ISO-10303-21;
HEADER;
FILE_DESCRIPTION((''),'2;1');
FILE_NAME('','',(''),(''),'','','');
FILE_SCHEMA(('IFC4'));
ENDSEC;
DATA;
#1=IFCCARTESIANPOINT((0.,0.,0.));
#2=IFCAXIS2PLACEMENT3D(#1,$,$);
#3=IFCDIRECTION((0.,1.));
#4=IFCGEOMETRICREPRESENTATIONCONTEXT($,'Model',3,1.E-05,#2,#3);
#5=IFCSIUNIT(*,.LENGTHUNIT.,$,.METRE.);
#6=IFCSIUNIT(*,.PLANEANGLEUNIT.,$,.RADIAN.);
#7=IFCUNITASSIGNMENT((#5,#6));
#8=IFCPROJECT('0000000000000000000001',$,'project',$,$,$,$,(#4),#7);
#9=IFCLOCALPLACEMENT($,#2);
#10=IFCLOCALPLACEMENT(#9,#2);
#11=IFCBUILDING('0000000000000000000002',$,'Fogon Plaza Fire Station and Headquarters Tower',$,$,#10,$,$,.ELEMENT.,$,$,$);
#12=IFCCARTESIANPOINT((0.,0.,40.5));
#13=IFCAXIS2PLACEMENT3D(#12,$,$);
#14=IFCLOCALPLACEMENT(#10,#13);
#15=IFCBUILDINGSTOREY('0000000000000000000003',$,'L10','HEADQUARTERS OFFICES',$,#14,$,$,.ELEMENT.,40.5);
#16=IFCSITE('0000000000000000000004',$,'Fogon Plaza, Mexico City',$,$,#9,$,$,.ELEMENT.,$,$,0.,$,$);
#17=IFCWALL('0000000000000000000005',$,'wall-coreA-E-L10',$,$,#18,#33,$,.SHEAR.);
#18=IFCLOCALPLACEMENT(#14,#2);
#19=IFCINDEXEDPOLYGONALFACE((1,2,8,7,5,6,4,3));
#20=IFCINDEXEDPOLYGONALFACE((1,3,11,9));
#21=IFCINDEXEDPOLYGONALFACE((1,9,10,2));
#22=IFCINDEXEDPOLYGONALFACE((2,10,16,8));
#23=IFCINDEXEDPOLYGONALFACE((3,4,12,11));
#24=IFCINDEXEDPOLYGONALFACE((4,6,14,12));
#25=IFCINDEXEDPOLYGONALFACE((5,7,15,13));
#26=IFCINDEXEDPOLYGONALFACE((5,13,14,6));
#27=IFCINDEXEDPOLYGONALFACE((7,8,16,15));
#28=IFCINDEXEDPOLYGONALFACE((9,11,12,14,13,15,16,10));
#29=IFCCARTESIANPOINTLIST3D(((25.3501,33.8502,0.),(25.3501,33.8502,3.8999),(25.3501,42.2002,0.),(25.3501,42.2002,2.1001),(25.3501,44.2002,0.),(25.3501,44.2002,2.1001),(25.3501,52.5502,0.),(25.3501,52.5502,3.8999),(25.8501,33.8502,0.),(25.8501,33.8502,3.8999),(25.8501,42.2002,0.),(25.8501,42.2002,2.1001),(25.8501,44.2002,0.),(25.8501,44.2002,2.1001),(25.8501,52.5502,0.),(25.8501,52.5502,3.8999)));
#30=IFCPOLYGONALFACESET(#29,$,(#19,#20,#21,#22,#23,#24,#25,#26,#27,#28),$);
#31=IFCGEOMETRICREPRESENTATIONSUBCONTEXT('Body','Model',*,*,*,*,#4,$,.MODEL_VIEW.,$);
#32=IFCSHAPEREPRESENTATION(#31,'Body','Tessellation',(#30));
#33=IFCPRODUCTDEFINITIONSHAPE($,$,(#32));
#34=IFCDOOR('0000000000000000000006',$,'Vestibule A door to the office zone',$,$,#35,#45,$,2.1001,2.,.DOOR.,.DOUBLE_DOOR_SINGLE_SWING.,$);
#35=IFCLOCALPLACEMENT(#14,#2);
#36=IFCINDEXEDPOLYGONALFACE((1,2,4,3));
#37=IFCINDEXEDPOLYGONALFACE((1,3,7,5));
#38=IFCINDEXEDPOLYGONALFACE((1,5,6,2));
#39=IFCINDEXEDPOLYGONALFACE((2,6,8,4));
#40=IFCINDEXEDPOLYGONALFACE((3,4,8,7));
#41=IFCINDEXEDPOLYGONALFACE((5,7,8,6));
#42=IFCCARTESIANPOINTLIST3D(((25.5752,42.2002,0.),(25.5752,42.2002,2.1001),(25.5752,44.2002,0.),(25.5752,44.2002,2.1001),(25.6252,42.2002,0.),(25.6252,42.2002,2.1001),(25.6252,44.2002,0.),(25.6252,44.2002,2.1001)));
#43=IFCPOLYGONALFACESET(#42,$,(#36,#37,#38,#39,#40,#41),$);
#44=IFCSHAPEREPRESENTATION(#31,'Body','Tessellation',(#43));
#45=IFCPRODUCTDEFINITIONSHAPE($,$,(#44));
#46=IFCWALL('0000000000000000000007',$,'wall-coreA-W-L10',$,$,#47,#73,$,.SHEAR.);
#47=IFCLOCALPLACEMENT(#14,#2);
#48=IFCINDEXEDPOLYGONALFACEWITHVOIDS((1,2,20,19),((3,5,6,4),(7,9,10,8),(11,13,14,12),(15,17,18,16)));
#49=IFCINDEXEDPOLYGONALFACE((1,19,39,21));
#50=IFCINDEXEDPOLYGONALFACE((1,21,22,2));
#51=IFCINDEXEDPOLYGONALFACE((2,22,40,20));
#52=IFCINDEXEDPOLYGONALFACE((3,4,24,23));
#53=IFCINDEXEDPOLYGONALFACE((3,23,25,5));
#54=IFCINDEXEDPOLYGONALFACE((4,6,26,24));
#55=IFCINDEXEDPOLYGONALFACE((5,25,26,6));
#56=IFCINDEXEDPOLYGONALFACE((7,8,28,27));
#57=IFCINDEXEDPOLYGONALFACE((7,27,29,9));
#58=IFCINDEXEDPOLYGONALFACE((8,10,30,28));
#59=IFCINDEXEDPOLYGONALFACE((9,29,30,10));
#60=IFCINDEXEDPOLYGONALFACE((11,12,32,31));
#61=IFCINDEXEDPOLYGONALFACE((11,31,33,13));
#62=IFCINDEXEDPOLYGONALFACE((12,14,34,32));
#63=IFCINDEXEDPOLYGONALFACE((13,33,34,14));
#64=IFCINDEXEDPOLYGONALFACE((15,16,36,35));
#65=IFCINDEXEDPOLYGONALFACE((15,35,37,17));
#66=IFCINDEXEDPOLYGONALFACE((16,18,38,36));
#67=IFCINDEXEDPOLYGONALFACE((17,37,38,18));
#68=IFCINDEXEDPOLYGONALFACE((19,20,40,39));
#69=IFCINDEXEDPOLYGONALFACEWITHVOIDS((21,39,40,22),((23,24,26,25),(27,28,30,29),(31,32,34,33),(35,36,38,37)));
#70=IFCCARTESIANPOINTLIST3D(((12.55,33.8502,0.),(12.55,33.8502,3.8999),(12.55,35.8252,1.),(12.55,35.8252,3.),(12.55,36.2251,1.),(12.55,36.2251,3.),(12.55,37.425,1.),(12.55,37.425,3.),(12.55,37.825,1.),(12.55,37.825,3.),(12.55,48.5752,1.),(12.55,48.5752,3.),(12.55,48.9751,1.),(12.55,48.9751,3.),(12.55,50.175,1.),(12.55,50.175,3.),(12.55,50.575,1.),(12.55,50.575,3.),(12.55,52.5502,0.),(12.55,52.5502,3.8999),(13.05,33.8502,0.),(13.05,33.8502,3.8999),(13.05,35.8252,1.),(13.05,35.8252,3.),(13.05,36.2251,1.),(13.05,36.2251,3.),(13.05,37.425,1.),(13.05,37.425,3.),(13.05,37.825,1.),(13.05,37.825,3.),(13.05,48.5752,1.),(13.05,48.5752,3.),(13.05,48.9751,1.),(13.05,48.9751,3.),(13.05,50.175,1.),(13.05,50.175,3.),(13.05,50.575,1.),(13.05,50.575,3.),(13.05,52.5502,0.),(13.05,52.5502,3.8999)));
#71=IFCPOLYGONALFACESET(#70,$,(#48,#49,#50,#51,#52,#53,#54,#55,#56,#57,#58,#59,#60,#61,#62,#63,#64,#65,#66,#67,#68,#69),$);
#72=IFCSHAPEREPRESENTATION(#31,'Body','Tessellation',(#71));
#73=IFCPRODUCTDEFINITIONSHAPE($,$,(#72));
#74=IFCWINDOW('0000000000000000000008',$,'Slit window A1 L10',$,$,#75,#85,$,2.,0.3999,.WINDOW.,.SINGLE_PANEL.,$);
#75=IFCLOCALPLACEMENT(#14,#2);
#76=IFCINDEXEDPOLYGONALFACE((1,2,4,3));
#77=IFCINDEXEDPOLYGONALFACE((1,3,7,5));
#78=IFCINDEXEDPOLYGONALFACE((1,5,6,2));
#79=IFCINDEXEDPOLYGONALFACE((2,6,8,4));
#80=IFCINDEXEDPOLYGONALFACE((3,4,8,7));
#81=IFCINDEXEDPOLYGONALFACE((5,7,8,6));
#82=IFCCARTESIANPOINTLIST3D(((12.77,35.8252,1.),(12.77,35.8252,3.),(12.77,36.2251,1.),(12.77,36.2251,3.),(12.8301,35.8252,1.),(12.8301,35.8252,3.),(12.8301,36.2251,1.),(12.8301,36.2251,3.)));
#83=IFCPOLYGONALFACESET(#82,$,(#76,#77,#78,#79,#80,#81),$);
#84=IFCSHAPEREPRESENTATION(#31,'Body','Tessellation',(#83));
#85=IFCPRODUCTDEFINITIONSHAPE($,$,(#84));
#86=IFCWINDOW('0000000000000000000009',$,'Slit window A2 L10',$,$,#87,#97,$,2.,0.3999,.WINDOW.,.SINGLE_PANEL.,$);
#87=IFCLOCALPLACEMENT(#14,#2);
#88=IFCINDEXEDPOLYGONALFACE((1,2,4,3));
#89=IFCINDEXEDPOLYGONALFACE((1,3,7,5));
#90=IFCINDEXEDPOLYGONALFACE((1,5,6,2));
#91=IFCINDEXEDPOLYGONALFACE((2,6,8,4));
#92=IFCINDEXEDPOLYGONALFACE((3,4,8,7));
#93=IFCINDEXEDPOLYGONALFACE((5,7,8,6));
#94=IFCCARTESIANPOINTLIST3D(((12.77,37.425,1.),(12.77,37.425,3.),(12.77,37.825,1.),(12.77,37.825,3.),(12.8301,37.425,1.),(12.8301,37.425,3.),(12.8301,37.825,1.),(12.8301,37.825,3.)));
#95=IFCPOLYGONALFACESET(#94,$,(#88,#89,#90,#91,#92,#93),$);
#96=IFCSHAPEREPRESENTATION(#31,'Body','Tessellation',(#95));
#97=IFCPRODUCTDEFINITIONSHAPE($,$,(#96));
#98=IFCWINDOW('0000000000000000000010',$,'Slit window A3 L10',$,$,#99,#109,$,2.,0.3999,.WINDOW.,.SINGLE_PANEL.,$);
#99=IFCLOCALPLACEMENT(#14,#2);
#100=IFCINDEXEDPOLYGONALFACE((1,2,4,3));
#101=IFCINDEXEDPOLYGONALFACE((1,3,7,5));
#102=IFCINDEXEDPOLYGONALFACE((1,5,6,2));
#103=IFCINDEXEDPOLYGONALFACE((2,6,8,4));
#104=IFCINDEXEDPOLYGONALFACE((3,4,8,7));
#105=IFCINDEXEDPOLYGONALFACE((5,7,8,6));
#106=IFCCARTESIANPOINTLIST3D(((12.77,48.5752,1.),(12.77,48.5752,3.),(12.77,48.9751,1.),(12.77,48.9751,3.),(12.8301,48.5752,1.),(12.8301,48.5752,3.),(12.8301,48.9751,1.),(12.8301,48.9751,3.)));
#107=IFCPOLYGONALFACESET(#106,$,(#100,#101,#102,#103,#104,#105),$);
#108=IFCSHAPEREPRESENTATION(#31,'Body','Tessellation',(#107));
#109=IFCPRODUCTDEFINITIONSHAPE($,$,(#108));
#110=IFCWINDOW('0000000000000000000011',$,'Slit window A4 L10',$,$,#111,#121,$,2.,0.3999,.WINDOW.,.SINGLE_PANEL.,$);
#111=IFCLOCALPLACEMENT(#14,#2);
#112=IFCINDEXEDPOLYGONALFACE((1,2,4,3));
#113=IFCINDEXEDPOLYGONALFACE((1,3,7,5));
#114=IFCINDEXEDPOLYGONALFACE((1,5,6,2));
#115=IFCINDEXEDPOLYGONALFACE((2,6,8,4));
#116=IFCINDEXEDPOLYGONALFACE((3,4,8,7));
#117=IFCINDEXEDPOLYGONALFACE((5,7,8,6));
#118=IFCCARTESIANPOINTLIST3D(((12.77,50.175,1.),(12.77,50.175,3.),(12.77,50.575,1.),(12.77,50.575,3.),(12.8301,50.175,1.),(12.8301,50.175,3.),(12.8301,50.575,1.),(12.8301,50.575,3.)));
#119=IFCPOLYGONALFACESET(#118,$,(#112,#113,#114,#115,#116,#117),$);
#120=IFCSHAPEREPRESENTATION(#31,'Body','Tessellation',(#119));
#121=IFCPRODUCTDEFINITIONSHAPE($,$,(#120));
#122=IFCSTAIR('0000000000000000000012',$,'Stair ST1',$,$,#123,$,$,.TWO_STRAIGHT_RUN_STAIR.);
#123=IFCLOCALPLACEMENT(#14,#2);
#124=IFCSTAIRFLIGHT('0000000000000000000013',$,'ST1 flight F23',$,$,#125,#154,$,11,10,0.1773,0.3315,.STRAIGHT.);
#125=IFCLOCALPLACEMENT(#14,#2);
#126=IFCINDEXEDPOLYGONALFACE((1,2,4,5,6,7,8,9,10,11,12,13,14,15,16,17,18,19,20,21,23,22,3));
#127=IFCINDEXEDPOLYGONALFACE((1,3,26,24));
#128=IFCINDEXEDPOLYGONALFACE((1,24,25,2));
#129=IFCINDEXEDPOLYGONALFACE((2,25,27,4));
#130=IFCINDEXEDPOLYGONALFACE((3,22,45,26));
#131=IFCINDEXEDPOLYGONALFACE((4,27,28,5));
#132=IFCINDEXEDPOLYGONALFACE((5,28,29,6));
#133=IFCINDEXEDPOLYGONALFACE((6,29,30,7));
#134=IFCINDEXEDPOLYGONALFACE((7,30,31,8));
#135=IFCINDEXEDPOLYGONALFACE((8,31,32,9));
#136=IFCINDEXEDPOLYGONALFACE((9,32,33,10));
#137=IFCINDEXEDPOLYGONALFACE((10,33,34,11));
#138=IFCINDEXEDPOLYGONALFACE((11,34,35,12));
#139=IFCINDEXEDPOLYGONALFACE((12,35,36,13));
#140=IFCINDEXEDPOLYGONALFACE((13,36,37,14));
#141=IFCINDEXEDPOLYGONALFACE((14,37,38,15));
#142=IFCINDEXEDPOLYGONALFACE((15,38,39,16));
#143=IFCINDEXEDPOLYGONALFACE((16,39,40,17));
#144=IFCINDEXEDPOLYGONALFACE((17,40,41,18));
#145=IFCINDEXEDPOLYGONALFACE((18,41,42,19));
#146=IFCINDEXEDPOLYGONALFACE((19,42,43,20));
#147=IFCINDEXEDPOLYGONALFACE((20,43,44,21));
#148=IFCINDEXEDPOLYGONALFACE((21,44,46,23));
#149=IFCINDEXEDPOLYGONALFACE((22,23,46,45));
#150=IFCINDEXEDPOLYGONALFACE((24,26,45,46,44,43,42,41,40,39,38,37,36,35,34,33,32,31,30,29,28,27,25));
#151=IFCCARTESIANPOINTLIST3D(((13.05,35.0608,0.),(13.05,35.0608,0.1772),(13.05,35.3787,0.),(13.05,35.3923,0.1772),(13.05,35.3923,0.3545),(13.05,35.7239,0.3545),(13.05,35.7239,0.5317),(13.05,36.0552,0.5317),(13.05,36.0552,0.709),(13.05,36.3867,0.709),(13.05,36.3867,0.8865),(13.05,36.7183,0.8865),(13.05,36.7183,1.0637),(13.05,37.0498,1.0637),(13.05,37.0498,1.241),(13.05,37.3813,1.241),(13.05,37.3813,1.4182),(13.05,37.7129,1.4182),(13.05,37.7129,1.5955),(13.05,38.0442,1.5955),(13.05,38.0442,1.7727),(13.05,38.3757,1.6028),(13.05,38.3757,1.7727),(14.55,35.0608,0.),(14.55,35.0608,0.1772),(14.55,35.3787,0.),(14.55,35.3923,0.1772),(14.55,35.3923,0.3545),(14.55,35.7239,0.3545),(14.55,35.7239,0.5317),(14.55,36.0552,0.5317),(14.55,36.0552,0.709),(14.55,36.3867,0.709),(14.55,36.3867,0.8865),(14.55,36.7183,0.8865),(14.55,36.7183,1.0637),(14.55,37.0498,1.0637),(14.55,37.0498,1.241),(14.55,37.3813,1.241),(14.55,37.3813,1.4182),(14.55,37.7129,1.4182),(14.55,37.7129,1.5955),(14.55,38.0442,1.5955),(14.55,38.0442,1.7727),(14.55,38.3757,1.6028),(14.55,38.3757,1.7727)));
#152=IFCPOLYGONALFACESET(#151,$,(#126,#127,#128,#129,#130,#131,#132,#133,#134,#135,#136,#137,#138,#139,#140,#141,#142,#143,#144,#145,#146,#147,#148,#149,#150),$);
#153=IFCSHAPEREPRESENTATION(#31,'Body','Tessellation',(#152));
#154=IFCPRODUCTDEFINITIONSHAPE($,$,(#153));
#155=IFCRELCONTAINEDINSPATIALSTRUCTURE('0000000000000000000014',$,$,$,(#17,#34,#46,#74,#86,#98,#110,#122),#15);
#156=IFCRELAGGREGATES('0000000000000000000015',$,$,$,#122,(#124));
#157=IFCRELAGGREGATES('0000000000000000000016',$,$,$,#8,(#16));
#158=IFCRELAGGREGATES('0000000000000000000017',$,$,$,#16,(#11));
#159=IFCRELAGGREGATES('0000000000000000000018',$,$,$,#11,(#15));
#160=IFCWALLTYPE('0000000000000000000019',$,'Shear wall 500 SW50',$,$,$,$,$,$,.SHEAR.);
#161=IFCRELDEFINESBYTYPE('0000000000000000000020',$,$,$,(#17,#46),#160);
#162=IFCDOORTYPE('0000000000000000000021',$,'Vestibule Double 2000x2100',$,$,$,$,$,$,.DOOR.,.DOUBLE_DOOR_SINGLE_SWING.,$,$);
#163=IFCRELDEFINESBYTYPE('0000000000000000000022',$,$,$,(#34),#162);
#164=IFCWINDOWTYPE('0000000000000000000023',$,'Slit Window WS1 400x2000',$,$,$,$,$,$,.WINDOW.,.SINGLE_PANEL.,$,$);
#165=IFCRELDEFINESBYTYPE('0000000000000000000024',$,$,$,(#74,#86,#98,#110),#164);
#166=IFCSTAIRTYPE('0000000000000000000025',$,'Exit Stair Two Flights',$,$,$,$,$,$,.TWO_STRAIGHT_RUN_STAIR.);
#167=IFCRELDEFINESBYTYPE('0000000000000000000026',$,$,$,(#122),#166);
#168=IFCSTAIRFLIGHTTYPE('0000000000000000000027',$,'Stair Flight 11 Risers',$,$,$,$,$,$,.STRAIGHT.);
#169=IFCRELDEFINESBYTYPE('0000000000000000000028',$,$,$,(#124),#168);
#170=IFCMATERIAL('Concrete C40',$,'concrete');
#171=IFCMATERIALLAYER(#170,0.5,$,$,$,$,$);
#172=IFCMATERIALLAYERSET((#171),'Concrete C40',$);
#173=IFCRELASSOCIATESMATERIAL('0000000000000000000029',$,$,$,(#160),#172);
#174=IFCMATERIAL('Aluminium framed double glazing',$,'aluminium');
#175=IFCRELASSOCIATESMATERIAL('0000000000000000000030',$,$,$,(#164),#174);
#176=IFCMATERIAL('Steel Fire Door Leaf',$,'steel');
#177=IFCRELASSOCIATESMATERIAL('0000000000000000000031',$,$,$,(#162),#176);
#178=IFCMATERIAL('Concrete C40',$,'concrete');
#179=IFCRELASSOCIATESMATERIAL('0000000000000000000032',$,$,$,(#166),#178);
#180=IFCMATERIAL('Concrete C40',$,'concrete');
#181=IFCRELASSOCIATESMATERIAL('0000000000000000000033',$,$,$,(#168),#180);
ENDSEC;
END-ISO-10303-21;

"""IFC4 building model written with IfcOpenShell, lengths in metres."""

from ifc_helpers import new_model, si_unit, direction, frame, frame_2d, origin, place, context, subcontext, project, spatial, polyline, rectangle, outline, extrude, material, layer, layer_set, type_object, element, fill, aggregate, save


model = new_model("IFC4")

# Units and contexts
model_context = context("Model", 3, precision=1e-05, world=origin(), true_north=direction((0.0, 1.0)))
body_context = subcontext(model_context, "Body", "Model", "MODEL_VIEW")
ifc_project = project(units=[si_unit("LENGTHUNIT", "METRE"), si_unit("PLANEANGLEUNIT", "RADIAN")], contexts=[model_context])

# Site, building, storey
site_placement = place(None, origin())
site = spatial("IfcSite", under=ifc_project, at=site_placement, Name="Fogon Plaza, Mexico City", CompositionType="ELEMENT", RefElevation=0.0)
building_placement = place(site_placement, origin())
building = spatial("IfcBuilding", under=site, at=building_placement, Name="Fogon Plaza Fire Station and Headquarters Tower", CompositionType="ELEMENT")
storey_placement = place(building_placement, frame((0.0, 0.0, 40.5)))
storey = spatial("IfcBuildingStorey", under=building, at=storey_placement, Name="L10", Description="HEADQUARTERS OFFICES", CompositionType="ELEMENT", Elevation=40.5)

# Shared definitions
ifc_material_1 = material(Name="Concrete C40", Category="concrete")
ifc_layer_1 = layer(ifc_material_1, 0.5)
ifc_layer_set_1 = layer_set([ifc_layer_1], Name="Concrete C40")
wall_type_1 = type_object("IfcWallType", Name="Shear wall 500 SW50", PredefinedType="SHEAR", material=ifc_layer_set_1)
ifc_material_2 = material(Name="Aluminium framed double glazing", Category="aluminium")
window_type = type_object("IfcWindowType", Name="Slit Window WS1 400x2000", PartitioningType="SINGLE_PANEL", PredefinedType="WINDOW", material=ifc_material_2)

# Wall, opening, door
wall_1_placement = place(storey_placement, frame((25.6001, 33.8501, 0.0), z_axis=(0.0, 0.0, 1.0), x_axis=(0.0, 1.0, 0.0)))
wall_1 = element("IfcWall", 1, at=wall_1_placement, inside=storey, type_object=wall_type_1, Name="wall-coreA-E-L10", PredefinedType="SHEAR", context=body_context, shape_type="SweptSolid", body=[
    extrude(rectangle(XDim=18.7, YDim=0.5, at=frame_2d((9.3501, 0.0))), origin(), (0.0, 0.0, 1.0), 3.8999),
])
opening_1_placement = place(wall_1_placement, frame((8.3501, 0.0, 0.0)))
opening_1 = element("IfcOpeningElement", 2, at=opening_1_placement, cuts=wall_1, PredefinedType="OPENING", context=body_context, shape_type="SweptSolid", body=[
    extrude(rectangle(XDim=2.0, YDim=2.1001, at=frame_2d((1.0, 1.05))), frame((0.0, 0.26, 0.0), z_axis=(0.0, -1.0, 0.0), x_axis=(1.0, 0.0, 0.0)), (0.0, 0.0, 1.0), 0.52),
])
ifc_material_3 = material(Name="Steel Fire Door Leaf", Category="steel")
door_type_1 = type_object("IfcDoorType", Name="Vestibule Double 2000x2100", OperationType="DOUBLE_DOOR_SINGLE_SWING", PredefinedType="DOOR", material=ifc_material_3)
door_1_placement = place(opening_1_placement, origin())
door_1 = element("IfcDoor", 3, at=door_1_placement, inside=storey, type_object=door_type_1, Name="Vestibule A door to the office zone", OperationType="DOUBLE_DOOR_SINGLE_SWING", OverallHeight=2.1001, OverallWidth=2.0, PredefinedType="DOOR", context=body_context, shape_type="SweptSolid", body=[
    extrude(rectangle(XDim=2.0, YDim=2.1001, at=frame_2d((1.0, 1.05))), frame((0.0, 0.0249, 0.0), z_axis=(0.0, -1.0, 0.0), x_axis=(1.0, 0.0, 0.0)), (0.0, 0.0, 1.0), 0.05),
])
fill(opening_1, door_1)

# Wall, openings, windows
wall_2_placement = place(storey_placement, frame((12.8, 33.8501, 0.0), z_axis=(0.0, 0.0, 1.0), x_axis=(0.0, 1.0, 0.0)))
wall_2 = element("IfcWall", 4, at=wall_2_placement, inside=storey, type_object=wall_type_1, Name="wall-coreA-W-L10", PredefinedType="SHEAR", context=body_context, shape_type="SweptSolid", body=[
    extrude(rectangle(XDim=18.7, YDim=0.5, at=frame_2d((9.3501, 0.0))), origin(), (0.0, 0.0, 1.0), 3.8999),
])
opening_2_placement = place(wall_2_placement, frame((1.9751, 0.0, 1.0)))
opening_2 = element("IfcOpeningElement", 5, at=opening_2_placement, cuts=wall_2, PredefinedType="OPENING", context=body_context, shape_type="SweptSolid", body=[
    extrude(rectangle(XDim=0.3999, YDim=2.0, at=frame_2d((0.2, 1.0))), frame((0.0, 0.26, 0.0), z_axis=(0.0, -1.0, 0.0), x_axis=(1.0, 0.0, 0.0)), (0.0, 0.0, 1.0), 0.52),
])
opening_3_placement = place(wall_2_placement, frame((3.575, 0.0, 1.0)))
opening_3 = element("IfcOpeningElement", 6, at=opening_3_placement, cuts=wall_2, PredefinedType="OPENING", context=body_context, shape_type="SweptSolid", body=[
    extrude(rectangle(XDim=0.3999, YDim=2.0, at=frame_2d((0.2, 1.0))), frame((0.0, 0.26, 0.0), z_axis=(0.0, -1.0, 0.0), x_axis=(1.0, 0.0, 0.0)), (0.0, 0.0, 1.0), 0.52),
])
opening_4_placement = place(wall_2_placement, frame((14.7251, 0.0, 1.0)))
opening_4 = element("IfcOpeningElement", 7, at=opening_4_placement, cuts=wall_2, PredefinedType="OPENING", context=body_context, shape_type="SweptSolid", body=[
    extrude(rectangle(XDim=0.3999, YDim=2.0, at=frame_2d((0.2, 1.0))), frame((0.0, 0.26, 0.0), z_axis=(0.0, -1.0, 0.0), x_axis=(1.0, 0.0, 0.0)), (0.0, 0.0, 1.0), 0.52),
])
opening_5_placement = place(wall_2_placement, frame((16.325, 0.0, 1.0)))
opening_5 = element("IfcOpeningElement", 8, at=opening_5_placement, cuts=wall_2, PredefinedType="OPENING", context=body_context, shape_type="SweptSolid", body=[
    extrude(rectangle(XDim=0.3999, YDim=2.0, at=frame_2d((0.2, 1.0))), frame((0.0, 0.26, 0.0), z_axis=(0.0, -1.0, 0.0), x_axis=(1.0, 0.0, 0.0)), (0.0, 0.0, 1.0), 0.52),
])
window_1_placement = place(opening_2_placement, origin())
window_1 = element("IfcWindow", 9, at=window_1_placement, inside=storey, type_object=window_type, Name="Slit window A1 L10", OverallHeight=2.0, OverallWidth=0.3999, PartitioningType="SINGLE_PANEL", PredefinedType="WINDOW", context=body_context, shape_type="SweptSolid", body=[
    extrude(rectangle(XDim=0.3999, YDim=2.0, at=frame_2d((0.2, 1.0))), frame((0.0, 0.03, 0.0), z_axis=(0.0, -1.0, 0.0), x_axis=(1.0, 0.0, 0.0)), (0.0, 0.0, 1.0), 0.0601),
])
fill(opening_2, window_1)
window_2_placement = place(opening_3_placement, origin())
window_2 = element("IfcWindow", 10, at=window_2_placement, inside=storey, type_object=window_type, Name="Slit window A2 L10", OverallHeight=2.0, OverallWidth=0.3999, PartitioningType="SINGLE_PANEL", PredefinedType="WINDOW", context=body_context, shape_type="SweptSolid", body=[
    extrude(rectangle(XDim=0.3999, YDim=2.0, at=frame_2d((0.2, 1.0))), frame((0.0, 0.03, 0.0), z_axis=(0.0, -1.0, 0.0), x_axis=(1.0, 0.0, 0.0)), (0.0, 0.0, 1.0), 0.0601),
])
fill(opening_3, window_2)
window_3_placement = place(opening_4_placement, origin())
window_3 = element("IfcWindow", 11, at=window_3_placement, inside=storey, type_object=window_type, Name="Slit window A3 L10", OverallHeight=2.0, OverallWidth=0.3999, PartitioningType="SINGLE_PANEL", PredefinedType="WINDOW", context=body_context, shape_type="SweptSolid", body=[
    extrude(rectangle(XDim=0.3999, YDim=2.0, at=frame_2d((0.2, 1.0))), frame((0.0, 0.03, 0.0), z_axis=(0.0, -1.0, 0.0), x_axis=(1.0, 0.0, 0.0)), (0.0, 0.0, 1.0), 0.0601),
])
fill(opening_4, window_3)
window_4_placement = place(opening_5_placement, origin())
window_4 = element("IfcWindow", 12, at=window_4_placement, inside=storey, type_object=window_type, Name="Slit window A4 L10", OverallHeight=2.0, OverallWidth=0.3999, PartitioningType="SINGLE_PANEL", PredefinedType="WINDOW", context=body_context, shape_type="SweptSolid", body=[
    extrude(rectangle(XDim=0.3999, YDim=2.0, at=frame_2d((0.2, 1.0))), frame((0.0, 0.03, 0.0), z_axis=(0.0, -1.0, 0.0), x_axis=(1.0, 0.0, 0.0)), (0.0, 0.0, 1.0), 0.0601),
])
fill(opening_5, window_4)

# Stair, stair flight
ifc_material_4 = material(Name="Concrete C40", Category="concrete")
stair_type = type_object("IfcStairType", Name="Exit Stair Two Flights", PredefinedType="TWO_STRAIGHT_RUN_STAIR", material=ifc_material_4)
stair_placement = place(storey_placement, origin())
stair = element("IfcStair", 13, at=stair_placement, inside=storey, type_object=stair_type, Name="Stair ST1", PredefinedType="TWO_STRAIGHT_RUN_STAIR")
ifc_material_5 = material(Name="Concrete C40", Category="concrete")
stair_flight_type = type_object("IfcStairFlightType", Name="Stair Flight 11 Risers", PredefinedType="STRAIGHT", material=ifc_material_5)
stair_flight_placement = place(storey_placement, frame((13.8, 35.0608, 0.0), z_axis=(0.0, 0.0, 1.0), x_axis=(0.0, 1.0, 0.0)))
stair_flight = element("IfcStairFlight", 14, at=stair_flight_placement, type_object=stair_flight_type, Name="ST1 flight F23", NumberOfRisers=11, NumberOfTreads=10, PredefinedType="STRAIGHT", RiserHeight=0.1773, TreadLength=0.3315, context=body_context, shape_type="SweptSolid", body=[
    extrude(outline(polyline([(0.0, 0.0), (0.0, 0.1772), (0.3315, 0.1772), (0.3315, 0.3545), (0.6631, 0.3545), (0.6631, 0.5317), (0.9944, 0.5317), (0.9944, 0.709), (1.3259, 0.709), (1.3259, 0.8865), (1.6575, 0.8865), (1.6575, 1.0637), (1.989, 1.0637), (1.989, 1.241), (2.3206, 1.241), (2.3206, 1.4182), (2.6521, 1.4182), (2.6521, 1.5955), (2.9834, 1.5955), (2.9834, 1.7727), (3.3149, 1.7727), (3.3149, 1.95), (3.3149, 1.6028), (0.3179, 0.0), (0.0, 0.0)])), frame((0.0, 0.75, 0.0), z_axis=(0.0, -1.0, 0.0), x_axis=(1.0, 0.0, 0.0)), (0.0, 0.0, 1.0), 1.5),
])
aggregate(stair, [stair_flight])

save(model, "model.ifc")
